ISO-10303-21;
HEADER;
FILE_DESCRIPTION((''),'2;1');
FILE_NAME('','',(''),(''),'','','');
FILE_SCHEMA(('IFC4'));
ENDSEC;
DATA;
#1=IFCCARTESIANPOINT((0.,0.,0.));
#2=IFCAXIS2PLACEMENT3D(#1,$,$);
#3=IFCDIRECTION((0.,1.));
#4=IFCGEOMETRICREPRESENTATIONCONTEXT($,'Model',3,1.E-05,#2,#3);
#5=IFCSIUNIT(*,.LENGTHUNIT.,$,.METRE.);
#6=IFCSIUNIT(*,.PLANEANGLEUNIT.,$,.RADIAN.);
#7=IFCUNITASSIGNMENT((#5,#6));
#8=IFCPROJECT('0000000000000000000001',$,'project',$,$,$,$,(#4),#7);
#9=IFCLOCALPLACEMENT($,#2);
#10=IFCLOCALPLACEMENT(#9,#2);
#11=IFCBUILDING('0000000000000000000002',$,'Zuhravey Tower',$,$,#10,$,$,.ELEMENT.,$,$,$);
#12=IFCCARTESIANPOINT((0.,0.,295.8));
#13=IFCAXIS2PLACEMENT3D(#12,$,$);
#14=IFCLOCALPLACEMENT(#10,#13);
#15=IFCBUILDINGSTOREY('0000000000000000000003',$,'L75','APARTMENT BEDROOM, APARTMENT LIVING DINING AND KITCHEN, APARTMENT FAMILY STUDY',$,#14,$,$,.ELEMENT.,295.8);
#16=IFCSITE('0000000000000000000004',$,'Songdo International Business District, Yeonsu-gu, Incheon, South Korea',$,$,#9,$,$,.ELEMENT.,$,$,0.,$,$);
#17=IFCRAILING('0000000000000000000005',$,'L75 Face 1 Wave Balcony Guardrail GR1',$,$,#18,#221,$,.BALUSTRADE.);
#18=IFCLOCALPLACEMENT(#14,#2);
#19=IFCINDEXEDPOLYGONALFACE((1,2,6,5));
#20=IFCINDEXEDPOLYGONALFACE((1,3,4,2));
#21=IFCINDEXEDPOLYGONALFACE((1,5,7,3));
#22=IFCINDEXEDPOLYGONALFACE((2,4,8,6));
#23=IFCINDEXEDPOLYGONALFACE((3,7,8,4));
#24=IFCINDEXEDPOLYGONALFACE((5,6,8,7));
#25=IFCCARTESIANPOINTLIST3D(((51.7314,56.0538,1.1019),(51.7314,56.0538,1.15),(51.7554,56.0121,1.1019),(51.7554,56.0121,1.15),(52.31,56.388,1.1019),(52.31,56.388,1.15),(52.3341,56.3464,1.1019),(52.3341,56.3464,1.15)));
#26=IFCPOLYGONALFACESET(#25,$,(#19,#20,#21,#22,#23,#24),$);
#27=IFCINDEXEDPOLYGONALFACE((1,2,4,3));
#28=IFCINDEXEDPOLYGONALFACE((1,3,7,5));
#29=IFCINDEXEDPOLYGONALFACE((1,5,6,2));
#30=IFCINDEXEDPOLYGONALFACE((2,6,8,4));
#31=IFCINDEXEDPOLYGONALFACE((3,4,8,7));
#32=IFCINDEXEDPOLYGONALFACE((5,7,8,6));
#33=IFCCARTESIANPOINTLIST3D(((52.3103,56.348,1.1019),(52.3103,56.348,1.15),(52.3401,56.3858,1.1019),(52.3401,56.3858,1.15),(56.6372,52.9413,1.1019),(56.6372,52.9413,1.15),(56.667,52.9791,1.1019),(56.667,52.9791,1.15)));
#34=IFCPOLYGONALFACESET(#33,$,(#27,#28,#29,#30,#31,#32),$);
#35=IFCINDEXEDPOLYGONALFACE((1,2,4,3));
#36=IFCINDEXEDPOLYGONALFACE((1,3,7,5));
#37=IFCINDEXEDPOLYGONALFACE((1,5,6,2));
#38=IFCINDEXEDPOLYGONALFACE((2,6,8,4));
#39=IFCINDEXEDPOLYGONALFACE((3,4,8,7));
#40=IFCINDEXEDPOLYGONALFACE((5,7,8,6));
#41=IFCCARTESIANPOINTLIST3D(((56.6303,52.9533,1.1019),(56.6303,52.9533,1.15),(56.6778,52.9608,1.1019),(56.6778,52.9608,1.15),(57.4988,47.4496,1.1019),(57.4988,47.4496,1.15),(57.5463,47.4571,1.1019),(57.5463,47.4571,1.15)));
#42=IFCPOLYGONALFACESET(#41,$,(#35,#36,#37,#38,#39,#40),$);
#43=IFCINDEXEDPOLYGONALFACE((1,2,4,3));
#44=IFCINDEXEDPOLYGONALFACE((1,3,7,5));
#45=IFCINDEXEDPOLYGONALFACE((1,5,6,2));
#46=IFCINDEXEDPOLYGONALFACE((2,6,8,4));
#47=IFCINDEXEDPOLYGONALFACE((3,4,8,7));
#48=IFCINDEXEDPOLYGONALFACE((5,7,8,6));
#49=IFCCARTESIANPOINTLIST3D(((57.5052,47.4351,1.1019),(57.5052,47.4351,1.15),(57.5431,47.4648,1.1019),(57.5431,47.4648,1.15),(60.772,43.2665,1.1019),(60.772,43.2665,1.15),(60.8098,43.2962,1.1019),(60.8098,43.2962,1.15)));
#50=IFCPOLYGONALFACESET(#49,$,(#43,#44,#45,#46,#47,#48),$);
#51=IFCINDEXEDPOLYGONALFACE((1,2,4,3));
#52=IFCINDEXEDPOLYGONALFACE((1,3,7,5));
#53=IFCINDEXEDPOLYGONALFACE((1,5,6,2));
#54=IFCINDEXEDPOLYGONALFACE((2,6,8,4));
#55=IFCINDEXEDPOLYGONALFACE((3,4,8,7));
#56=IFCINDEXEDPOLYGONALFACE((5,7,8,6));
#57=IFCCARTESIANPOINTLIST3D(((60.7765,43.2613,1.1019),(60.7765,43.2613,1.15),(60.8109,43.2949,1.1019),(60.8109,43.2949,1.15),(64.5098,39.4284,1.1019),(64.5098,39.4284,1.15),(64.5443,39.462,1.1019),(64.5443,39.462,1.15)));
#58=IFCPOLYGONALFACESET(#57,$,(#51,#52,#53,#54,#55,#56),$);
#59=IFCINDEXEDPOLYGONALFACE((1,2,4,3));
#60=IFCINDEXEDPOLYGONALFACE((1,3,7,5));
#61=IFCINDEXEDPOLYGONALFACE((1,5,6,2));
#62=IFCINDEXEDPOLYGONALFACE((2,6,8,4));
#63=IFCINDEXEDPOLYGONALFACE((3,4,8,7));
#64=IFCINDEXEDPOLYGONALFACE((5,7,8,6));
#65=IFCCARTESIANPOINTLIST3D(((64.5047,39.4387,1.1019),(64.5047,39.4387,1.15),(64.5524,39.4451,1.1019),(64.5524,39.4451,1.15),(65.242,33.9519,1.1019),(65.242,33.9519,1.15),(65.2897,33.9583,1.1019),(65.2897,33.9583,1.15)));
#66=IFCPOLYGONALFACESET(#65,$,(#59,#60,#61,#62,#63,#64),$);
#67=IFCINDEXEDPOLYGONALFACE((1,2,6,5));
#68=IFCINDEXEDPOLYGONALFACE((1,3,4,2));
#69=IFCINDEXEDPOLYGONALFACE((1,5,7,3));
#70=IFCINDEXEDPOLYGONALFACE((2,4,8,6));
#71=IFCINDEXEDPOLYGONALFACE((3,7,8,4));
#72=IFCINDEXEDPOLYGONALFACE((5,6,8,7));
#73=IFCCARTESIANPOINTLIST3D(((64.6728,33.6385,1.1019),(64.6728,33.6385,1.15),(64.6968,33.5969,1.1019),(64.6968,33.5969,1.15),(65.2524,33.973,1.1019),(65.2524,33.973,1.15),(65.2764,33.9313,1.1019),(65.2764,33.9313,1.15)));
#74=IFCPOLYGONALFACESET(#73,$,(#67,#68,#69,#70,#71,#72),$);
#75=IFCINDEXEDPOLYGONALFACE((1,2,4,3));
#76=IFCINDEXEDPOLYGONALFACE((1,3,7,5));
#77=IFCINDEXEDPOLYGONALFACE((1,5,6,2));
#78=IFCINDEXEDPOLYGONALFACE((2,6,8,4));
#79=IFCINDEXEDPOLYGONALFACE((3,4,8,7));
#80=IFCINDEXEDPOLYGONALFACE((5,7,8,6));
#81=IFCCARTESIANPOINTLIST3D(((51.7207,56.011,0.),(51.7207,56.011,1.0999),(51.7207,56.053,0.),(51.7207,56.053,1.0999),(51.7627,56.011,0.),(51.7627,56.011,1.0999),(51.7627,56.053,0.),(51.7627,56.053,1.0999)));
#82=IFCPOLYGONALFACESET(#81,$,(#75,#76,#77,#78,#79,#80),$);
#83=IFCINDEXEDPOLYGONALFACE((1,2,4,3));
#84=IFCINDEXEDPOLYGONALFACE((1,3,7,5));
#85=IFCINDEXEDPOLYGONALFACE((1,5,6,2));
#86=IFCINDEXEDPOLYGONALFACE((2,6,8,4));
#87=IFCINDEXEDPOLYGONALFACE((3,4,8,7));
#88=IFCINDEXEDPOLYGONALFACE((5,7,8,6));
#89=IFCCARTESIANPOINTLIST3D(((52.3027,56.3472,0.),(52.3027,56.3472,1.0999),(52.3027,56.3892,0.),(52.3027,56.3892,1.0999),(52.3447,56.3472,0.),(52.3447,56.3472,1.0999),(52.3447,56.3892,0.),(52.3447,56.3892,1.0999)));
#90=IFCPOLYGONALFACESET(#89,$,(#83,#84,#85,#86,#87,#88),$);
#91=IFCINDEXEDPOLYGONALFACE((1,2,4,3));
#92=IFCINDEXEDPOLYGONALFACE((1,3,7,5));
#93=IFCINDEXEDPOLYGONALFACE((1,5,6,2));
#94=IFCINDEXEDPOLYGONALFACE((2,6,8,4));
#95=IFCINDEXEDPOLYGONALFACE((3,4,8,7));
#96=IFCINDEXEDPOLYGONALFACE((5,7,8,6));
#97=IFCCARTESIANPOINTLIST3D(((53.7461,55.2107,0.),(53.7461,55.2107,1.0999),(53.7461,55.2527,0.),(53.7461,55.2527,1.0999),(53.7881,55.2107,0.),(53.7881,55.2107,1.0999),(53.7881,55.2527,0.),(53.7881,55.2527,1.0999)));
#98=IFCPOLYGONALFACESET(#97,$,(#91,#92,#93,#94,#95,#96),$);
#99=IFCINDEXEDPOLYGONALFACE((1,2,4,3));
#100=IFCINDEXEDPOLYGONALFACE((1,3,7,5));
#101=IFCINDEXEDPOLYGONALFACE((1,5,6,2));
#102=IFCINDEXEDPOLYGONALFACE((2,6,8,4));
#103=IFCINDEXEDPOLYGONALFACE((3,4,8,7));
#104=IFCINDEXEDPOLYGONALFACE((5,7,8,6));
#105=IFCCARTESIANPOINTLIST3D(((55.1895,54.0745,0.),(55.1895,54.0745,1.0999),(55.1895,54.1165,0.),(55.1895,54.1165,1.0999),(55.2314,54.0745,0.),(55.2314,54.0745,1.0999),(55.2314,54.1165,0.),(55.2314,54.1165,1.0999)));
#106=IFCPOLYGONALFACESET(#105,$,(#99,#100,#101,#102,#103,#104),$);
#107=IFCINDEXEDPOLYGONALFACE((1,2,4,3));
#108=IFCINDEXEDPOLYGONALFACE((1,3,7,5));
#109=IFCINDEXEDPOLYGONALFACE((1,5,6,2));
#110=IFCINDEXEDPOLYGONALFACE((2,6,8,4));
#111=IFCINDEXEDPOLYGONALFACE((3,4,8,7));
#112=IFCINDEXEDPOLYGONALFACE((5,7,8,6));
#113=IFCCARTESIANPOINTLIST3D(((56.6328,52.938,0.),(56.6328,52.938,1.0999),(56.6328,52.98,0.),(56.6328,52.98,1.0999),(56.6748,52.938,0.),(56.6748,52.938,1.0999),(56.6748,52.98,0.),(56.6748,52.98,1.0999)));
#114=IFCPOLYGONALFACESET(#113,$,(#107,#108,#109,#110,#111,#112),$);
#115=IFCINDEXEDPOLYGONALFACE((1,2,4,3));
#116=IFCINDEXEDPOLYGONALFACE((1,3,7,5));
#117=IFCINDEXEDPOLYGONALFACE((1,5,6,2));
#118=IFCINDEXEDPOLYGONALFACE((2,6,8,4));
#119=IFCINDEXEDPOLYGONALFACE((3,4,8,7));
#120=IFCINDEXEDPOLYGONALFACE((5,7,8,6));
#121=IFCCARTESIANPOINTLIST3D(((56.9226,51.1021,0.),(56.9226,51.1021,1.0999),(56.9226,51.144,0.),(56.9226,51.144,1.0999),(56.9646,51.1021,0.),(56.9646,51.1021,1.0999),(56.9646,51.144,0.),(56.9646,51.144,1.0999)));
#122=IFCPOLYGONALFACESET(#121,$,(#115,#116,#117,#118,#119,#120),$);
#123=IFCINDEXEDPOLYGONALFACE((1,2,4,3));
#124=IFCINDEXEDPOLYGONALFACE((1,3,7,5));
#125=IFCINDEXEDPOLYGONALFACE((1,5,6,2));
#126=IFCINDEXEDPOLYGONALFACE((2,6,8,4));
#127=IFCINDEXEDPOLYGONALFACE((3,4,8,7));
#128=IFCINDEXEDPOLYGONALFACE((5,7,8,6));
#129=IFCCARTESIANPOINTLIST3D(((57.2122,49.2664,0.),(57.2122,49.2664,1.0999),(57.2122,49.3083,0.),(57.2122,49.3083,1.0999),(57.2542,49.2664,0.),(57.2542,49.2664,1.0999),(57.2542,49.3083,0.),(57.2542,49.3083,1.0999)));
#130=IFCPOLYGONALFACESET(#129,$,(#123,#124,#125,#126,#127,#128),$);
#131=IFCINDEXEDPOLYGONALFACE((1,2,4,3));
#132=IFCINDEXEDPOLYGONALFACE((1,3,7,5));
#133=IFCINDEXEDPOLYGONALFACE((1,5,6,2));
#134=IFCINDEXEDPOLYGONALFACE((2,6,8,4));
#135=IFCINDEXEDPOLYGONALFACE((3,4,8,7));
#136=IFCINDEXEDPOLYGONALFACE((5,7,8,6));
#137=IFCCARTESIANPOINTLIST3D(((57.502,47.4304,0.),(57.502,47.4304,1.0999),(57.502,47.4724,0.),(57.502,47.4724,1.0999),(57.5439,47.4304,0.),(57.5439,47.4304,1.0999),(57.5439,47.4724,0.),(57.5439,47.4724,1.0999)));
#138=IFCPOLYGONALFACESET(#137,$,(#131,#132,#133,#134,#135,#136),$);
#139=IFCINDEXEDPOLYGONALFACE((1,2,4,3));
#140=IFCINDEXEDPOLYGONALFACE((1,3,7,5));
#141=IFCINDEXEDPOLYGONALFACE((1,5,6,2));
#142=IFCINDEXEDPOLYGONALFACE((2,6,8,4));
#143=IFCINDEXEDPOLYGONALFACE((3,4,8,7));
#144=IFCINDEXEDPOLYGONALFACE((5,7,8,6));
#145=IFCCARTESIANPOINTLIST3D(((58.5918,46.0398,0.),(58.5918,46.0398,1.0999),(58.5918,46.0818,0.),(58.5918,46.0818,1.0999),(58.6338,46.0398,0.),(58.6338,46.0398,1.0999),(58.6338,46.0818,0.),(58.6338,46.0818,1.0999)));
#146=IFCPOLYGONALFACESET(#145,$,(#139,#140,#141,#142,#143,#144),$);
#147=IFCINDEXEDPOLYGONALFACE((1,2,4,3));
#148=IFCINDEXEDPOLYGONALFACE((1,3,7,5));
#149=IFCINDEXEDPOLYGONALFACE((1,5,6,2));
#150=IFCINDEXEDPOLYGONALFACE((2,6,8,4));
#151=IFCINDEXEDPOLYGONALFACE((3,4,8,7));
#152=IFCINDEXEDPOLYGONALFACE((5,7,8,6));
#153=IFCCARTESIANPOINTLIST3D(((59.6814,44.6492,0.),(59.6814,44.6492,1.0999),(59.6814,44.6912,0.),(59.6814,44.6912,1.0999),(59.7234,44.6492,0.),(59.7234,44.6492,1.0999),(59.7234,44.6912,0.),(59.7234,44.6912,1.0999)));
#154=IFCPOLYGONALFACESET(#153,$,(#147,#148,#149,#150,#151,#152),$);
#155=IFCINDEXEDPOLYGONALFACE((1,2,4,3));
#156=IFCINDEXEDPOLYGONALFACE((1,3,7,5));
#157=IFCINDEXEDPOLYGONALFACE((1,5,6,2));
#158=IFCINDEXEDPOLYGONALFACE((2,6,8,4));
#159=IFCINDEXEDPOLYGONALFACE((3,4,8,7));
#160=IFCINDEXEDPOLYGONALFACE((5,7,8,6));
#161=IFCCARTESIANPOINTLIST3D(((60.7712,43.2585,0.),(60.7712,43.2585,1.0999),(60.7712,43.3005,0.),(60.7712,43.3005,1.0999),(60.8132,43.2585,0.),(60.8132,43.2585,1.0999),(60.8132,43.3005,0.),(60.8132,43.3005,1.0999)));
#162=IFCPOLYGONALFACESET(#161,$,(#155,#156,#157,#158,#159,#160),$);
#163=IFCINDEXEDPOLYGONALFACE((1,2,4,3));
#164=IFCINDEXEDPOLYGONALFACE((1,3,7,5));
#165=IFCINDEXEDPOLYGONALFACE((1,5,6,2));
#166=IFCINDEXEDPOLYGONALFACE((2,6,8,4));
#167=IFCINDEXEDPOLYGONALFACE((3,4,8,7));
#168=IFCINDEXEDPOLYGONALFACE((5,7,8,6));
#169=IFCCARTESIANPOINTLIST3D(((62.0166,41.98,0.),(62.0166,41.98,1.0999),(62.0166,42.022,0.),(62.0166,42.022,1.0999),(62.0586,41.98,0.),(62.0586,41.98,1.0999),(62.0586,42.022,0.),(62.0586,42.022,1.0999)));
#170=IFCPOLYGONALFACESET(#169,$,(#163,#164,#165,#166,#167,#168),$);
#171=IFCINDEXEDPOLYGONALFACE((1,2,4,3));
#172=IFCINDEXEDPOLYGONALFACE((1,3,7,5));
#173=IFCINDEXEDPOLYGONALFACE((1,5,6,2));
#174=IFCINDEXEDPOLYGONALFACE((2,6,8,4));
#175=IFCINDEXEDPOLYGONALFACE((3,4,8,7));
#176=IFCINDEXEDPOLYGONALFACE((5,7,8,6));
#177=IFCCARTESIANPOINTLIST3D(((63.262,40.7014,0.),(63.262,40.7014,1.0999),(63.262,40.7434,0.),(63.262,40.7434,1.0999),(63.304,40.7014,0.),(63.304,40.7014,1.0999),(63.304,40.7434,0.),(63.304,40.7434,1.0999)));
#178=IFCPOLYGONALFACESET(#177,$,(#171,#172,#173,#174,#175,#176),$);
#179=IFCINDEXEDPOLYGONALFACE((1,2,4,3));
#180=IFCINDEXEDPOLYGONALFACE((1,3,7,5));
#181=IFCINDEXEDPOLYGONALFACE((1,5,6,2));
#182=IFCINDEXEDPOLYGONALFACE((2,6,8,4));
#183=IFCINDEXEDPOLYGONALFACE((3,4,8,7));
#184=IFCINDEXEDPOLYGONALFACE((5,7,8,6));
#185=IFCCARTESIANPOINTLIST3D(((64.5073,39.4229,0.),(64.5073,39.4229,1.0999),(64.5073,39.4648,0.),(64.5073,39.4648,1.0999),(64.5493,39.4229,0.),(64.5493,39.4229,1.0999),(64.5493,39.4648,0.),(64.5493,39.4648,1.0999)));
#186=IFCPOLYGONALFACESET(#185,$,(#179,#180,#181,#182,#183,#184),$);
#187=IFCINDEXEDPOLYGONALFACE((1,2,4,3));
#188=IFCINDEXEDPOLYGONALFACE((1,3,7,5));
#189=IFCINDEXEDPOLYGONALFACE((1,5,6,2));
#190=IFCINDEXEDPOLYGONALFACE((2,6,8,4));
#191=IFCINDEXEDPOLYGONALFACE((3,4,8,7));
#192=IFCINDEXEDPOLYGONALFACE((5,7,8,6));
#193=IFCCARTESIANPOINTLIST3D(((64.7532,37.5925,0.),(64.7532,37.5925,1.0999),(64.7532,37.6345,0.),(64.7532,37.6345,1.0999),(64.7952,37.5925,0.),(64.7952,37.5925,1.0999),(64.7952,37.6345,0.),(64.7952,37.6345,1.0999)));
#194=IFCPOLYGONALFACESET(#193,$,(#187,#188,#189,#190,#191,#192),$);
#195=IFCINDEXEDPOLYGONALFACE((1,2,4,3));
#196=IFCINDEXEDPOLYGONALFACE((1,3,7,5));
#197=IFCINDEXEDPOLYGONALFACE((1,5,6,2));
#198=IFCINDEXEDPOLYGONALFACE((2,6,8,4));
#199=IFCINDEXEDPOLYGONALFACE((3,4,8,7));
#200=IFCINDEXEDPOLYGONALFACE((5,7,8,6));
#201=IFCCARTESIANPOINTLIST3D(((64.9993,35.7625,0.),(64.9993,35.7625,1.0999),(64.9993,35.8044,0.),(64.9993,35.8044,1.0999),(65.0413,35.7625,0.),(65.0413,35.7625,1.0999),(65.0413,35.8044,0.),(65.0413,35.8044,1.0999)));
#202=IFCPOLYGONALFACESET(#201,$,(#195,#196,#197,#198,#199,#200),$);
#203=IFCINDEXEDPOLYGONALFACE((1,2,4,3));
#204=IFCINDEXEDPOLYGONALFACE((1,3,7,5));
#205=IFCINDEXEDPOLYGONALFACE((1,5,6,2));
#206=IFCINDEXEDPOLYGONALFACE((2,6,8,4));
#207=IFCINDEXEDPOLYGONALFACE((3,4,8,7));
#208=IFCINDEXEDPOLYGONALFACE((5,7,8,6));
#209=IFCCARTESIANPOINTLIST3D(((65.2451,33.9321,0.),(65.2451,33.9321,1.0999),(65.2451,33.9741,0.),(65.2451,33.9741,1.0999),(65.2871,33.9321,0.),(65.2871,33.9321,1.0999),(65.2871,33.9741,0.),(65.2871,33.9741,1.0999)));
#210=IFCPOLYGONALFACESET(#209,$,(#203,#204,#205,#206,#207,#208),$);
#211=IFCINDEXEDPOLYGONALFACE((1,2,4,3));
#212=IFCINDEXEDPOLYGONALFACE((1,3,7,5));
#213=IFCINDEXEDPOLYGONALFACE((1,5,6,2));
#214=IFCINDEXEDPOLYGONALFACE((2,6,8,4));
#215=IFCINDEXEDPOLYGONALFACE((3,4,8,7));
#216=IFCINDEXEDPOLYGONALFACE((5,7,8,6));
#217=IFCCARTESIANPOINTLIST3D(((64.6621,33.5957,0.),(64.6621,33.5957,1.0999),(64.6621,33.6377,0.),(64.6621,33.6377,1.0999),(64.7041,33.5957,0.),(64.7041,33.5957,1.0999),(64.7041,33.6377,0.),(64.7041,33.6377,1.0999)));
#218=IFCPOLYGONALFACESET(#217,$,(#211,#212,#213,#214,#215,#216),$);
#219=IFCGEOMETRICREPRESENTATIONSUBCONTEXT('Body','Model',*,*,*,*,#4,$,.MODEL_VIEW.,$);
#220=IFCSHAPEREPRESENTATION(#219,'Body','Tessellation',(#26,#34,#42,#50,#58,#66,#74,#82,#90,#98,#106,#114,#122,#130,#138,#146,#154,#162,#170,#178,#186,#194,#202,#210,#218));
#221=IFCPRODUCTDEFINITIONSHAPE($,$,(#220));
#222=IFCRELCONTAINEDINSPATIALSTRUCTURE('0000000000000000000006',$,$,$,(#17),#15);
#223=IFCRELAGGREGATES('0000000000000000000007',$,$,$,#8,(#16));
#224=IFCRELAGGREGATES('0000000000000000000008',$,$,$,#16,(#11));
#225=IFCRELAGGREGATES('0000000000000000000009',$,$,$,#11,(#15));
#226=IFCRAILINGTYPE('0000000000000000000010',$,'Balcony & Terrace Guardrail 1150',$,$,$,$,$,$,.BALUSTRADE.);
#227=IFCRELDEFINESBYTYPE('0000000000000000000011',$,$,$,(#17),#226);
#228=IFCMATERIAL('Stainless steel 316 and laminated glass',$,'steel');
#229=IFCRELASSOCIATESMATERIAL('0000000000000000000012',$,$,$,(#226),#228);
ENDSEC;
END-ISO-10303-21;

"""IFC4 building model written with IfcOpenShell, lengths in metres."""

from ifc_helpers import new_model, si_unit, direction, frame, origin, origin_2d, place, context, subcontext, project, spatial, rectangle, extrude, material, type_object, element, save


model = new_model("IFC4")

# Units and contexts
model_context = context("Model", 3, precision=1e-05, world=origin(), true_north=direction((0.0, 1.0)))
body_context = subcontext(model_context, "Body", "Model", "MODEL_VIEW")
ifc_project = project(units=[si_unit("LENGTHUNIT", "METRE"), si_unit("PLANEANGLEUNIT", "RADIAN")], contexts=[model_context])

# Site, building, storey
site_placement = place(None, origin())
site = spatial("IfcSite", under=ifc_project, at=site_placement, Name="Songdo International Business District, Yeonsu-gu, Incheon, South Korea", CompositionType="ELEMENT", RefElevation=0.0)
building_placement = place(site_placement, origin())
building = spatial("IfcBuilding", under=site, at=building_placement, Name="Zuhravey Tower", CompositionType="ELEMENT")
storey_placement = place(building_placement, frame((0.0, 0.0, 295.8)))
storey = spatial("IfcBuildingStorey", under=building, at=storey_placement, Name="L75", Description="APARTMENT BEDROOM, APARTMENT LIVING DINING AND KITCHEN, APARTMENT FAMILY STUDY", CompositionType="ELEMENT", Elevation=295.8)

# Railing
ifc_material_1 = material(Name="Stainless steel 316 and laminated glass", Category="steel")
railing_type = type_object("IfcRailingType", Name="Balcony & Terrace Guardrail 1150", PredefinedType="BALUSTRADE", material=ifc_material_1)
railing_placement = place(storey_placement, frame((51.7417, 56.032, 0.0)))
element("IfcRailing", 1, at=railing_placement, inside=storey, type_object=railing_type, Name="L75 Face 1 Wave Balcony Guardrail GR1", PredefinedType="BALUSTRADE", context=body_context, shape_type="SweptSolid", body=[
    extrude(rectangle(XDim=0.0481, YDim=0.0481, at=origin_2d()), frame((0.0017, 0.001, 1.126), z_axis=(0.865931, 0.500163, 0.0), x_axis=(-0.500163, 0.865931, 0.0)), (0.0, 0.0, 1.0), 0.6682),
    extrude(rectangle(XDim=0.0481, YDim=0.0481, at=origin_2d()), frame((0.5835, 0.335, 1.126), z_axis=(0.785703, -0.618604, 0.0), x_axis=(0.618604, 0.785703, 0.0)), (0.0, 0.0, 1.0), 5.5071),
    extrude(rectangle(XDim=0.0481, YDim=0.0481, at=origin_2d()), frame((4.9124, -3.075, 1.126), z_axis=(0.155879, -0.987776, 0.0), x_axis=(0.987776, 0.155879, 0.0)), (0.0, 0.0, 1.0), 5.5718),
    extrude(rectangle(XDim=0.0481, YDim=0.0481, at=origin_2d()), frame((5.7825, -8.582, 1.126), z_axis=(0.616816, -0.787107, 0.0), x_axis=(0.787107, 0.616816, 0.0)), (0.0, 0.0, 1.0), 5.2961),
    extrude(rectangle(XDim=0.0481, YDim=0.0481, at=origin_2d()), frame((9.052, -12.7539, 1.126), z_axis=(0.697744, -0.716347, 0.0), x_axis=(0.716347, 0.697744, 0.0)), (0.0, 0.0, 1.0), 5.3506),
    extrude(rectangle(XDim=0.0481, YDim=0.0481, at=origin_2d()), frame((12.7869, -16.5901, 1.126), z_axis=(0.133174, -0.991093, 0.0), x_axis=(0.991093, 0.133174, 0.0)), (0.0, 0.0, 1.0), 5.5361),
    extrude(rectangle(XDim=0.0481, YDim=0.0481, at=origin_2d()), frame((13.5227, -22.0798, 1.126), z_axis=(-0.866137, -0.499806, 0.0), x_axis=(0.499806, -0.866137, 0.0)), (0.0, 0.0, 1.0), 0.6692),
    extrude(rectangle(XDim=0.042, YDim=0.042, at=origin_2d()), origin(), (0.0, 0.0, 1.0), 1.0999),
    extrude(rectangle(XDim=0.042, YDim=0.042, at=origin_2d()), frame((0.582, 0.3362, 0.0)), (0.0, 0.0, 1.0), 1.0999),
    extrude(rectangle(XDim=0.042, YDim=0.042, at=origin_2d()), frame((2.0254, -0.8003, 0.0)), (0.0, 0.0, 1.0), 1.0999),
    extrude(rectangle(XDim=0.042, YDim=0.042, at=origin_2d()), frame((3.4688, -1.9365, 0.0)), (0.0, 0.0, 1.0), 1.0999),
    extrude(rectangle(XDim=0.042, YDim=0.042, at=origin_2d()), frame((4.9121, -3.073, 0.0)), (0.0, 0.0, 1.0), 1.0999),
    extrude(rectangle(XDim=0.042, YDim=0.042, at=origin_2d()), frame((5.2019, -4.9089, 0.0)), (0.0, 0.0, 1.0), 1.0999),
    extrude(rectangle(XDim=0.042, YDim=0.042, at=origin_2d()), frame((5.4915, -6.7446, 0.0)), (0.0, 0.0, 1.0), 1.0999),
    extrude(rectangle(XDim=0.042, YDim=0.042, at=origin_2d()), frame((5.7812, -8.5806, 0.0)), (0.0, 0.0, 1.0), 1.0999),
    extrude(rectangle(XDim=0.042, YDim=0.042, at=origin_2d()), frame((6.8711, -9.9712, 0.0)), (0.0, 0.0, 1.0), 1.0999),
    extrude(rectangle(XDim=0.042, YDim=0.042, at=origin_2d()), frame((7.9607, -11.3618, 0.0)), (0.0, 0.0, 1.0), 1.0999),
    extrude(rectangle(XDim=0.042, YDim=0.042, at=origin_2d()), frame((9.0505, -12.7524, 0.0)), (0.0, 0.0, 1.0), 1.0999),
    extrude(rectangle(XDim=0.042, YDim=0.042, at=origin_2d()), frame((10.2959, -14.031, 0.0)), (0.0, 0.0, 1.0), 1.0999),
    extrude(rectangle(XDim=0.042, YDim=0.042, at=origin_2d()), frame((11.5413, -15.3096, 0.0)), (0.0, 0.0, 1.0), 1.0999),
    extrude(rectangle(XDim=0.042, YDim=0.042, at=origin_2d()), frame((12.7866, -16.5881, 0.0)), (0.0, 0.0, 1.0), 1.0999),
    extrude(rectangle(XDim=0.042, YDim=0.042, at=origin_2d()), frame((13.0325, -18.4185, 0.0)), (0.0, 0.0, 1.0), 1.0999),
    extrude(rectangle(XDim=0.042, YDim=0.042, at=origin_2d()), frame((13.2786, -20.2485, 0.0)), (0.0, 0.0, 1.0), 1.0999),
    extrude(rectangle(XDim=0.042, YDim=0.042, at=origin_2d()), frame((13.5244, -22.0789, 0.0)), (0.0, 0.0, 1.0), 1.0999),
    extrude(rectangle(XDim=0.042, YDim=0.042, at=origin_2d()), frame((12.9414, -22.4153, 0.0)), (0.0, 0.0, 1.0), 1.0999),
])

save(model, "model.ifc")
